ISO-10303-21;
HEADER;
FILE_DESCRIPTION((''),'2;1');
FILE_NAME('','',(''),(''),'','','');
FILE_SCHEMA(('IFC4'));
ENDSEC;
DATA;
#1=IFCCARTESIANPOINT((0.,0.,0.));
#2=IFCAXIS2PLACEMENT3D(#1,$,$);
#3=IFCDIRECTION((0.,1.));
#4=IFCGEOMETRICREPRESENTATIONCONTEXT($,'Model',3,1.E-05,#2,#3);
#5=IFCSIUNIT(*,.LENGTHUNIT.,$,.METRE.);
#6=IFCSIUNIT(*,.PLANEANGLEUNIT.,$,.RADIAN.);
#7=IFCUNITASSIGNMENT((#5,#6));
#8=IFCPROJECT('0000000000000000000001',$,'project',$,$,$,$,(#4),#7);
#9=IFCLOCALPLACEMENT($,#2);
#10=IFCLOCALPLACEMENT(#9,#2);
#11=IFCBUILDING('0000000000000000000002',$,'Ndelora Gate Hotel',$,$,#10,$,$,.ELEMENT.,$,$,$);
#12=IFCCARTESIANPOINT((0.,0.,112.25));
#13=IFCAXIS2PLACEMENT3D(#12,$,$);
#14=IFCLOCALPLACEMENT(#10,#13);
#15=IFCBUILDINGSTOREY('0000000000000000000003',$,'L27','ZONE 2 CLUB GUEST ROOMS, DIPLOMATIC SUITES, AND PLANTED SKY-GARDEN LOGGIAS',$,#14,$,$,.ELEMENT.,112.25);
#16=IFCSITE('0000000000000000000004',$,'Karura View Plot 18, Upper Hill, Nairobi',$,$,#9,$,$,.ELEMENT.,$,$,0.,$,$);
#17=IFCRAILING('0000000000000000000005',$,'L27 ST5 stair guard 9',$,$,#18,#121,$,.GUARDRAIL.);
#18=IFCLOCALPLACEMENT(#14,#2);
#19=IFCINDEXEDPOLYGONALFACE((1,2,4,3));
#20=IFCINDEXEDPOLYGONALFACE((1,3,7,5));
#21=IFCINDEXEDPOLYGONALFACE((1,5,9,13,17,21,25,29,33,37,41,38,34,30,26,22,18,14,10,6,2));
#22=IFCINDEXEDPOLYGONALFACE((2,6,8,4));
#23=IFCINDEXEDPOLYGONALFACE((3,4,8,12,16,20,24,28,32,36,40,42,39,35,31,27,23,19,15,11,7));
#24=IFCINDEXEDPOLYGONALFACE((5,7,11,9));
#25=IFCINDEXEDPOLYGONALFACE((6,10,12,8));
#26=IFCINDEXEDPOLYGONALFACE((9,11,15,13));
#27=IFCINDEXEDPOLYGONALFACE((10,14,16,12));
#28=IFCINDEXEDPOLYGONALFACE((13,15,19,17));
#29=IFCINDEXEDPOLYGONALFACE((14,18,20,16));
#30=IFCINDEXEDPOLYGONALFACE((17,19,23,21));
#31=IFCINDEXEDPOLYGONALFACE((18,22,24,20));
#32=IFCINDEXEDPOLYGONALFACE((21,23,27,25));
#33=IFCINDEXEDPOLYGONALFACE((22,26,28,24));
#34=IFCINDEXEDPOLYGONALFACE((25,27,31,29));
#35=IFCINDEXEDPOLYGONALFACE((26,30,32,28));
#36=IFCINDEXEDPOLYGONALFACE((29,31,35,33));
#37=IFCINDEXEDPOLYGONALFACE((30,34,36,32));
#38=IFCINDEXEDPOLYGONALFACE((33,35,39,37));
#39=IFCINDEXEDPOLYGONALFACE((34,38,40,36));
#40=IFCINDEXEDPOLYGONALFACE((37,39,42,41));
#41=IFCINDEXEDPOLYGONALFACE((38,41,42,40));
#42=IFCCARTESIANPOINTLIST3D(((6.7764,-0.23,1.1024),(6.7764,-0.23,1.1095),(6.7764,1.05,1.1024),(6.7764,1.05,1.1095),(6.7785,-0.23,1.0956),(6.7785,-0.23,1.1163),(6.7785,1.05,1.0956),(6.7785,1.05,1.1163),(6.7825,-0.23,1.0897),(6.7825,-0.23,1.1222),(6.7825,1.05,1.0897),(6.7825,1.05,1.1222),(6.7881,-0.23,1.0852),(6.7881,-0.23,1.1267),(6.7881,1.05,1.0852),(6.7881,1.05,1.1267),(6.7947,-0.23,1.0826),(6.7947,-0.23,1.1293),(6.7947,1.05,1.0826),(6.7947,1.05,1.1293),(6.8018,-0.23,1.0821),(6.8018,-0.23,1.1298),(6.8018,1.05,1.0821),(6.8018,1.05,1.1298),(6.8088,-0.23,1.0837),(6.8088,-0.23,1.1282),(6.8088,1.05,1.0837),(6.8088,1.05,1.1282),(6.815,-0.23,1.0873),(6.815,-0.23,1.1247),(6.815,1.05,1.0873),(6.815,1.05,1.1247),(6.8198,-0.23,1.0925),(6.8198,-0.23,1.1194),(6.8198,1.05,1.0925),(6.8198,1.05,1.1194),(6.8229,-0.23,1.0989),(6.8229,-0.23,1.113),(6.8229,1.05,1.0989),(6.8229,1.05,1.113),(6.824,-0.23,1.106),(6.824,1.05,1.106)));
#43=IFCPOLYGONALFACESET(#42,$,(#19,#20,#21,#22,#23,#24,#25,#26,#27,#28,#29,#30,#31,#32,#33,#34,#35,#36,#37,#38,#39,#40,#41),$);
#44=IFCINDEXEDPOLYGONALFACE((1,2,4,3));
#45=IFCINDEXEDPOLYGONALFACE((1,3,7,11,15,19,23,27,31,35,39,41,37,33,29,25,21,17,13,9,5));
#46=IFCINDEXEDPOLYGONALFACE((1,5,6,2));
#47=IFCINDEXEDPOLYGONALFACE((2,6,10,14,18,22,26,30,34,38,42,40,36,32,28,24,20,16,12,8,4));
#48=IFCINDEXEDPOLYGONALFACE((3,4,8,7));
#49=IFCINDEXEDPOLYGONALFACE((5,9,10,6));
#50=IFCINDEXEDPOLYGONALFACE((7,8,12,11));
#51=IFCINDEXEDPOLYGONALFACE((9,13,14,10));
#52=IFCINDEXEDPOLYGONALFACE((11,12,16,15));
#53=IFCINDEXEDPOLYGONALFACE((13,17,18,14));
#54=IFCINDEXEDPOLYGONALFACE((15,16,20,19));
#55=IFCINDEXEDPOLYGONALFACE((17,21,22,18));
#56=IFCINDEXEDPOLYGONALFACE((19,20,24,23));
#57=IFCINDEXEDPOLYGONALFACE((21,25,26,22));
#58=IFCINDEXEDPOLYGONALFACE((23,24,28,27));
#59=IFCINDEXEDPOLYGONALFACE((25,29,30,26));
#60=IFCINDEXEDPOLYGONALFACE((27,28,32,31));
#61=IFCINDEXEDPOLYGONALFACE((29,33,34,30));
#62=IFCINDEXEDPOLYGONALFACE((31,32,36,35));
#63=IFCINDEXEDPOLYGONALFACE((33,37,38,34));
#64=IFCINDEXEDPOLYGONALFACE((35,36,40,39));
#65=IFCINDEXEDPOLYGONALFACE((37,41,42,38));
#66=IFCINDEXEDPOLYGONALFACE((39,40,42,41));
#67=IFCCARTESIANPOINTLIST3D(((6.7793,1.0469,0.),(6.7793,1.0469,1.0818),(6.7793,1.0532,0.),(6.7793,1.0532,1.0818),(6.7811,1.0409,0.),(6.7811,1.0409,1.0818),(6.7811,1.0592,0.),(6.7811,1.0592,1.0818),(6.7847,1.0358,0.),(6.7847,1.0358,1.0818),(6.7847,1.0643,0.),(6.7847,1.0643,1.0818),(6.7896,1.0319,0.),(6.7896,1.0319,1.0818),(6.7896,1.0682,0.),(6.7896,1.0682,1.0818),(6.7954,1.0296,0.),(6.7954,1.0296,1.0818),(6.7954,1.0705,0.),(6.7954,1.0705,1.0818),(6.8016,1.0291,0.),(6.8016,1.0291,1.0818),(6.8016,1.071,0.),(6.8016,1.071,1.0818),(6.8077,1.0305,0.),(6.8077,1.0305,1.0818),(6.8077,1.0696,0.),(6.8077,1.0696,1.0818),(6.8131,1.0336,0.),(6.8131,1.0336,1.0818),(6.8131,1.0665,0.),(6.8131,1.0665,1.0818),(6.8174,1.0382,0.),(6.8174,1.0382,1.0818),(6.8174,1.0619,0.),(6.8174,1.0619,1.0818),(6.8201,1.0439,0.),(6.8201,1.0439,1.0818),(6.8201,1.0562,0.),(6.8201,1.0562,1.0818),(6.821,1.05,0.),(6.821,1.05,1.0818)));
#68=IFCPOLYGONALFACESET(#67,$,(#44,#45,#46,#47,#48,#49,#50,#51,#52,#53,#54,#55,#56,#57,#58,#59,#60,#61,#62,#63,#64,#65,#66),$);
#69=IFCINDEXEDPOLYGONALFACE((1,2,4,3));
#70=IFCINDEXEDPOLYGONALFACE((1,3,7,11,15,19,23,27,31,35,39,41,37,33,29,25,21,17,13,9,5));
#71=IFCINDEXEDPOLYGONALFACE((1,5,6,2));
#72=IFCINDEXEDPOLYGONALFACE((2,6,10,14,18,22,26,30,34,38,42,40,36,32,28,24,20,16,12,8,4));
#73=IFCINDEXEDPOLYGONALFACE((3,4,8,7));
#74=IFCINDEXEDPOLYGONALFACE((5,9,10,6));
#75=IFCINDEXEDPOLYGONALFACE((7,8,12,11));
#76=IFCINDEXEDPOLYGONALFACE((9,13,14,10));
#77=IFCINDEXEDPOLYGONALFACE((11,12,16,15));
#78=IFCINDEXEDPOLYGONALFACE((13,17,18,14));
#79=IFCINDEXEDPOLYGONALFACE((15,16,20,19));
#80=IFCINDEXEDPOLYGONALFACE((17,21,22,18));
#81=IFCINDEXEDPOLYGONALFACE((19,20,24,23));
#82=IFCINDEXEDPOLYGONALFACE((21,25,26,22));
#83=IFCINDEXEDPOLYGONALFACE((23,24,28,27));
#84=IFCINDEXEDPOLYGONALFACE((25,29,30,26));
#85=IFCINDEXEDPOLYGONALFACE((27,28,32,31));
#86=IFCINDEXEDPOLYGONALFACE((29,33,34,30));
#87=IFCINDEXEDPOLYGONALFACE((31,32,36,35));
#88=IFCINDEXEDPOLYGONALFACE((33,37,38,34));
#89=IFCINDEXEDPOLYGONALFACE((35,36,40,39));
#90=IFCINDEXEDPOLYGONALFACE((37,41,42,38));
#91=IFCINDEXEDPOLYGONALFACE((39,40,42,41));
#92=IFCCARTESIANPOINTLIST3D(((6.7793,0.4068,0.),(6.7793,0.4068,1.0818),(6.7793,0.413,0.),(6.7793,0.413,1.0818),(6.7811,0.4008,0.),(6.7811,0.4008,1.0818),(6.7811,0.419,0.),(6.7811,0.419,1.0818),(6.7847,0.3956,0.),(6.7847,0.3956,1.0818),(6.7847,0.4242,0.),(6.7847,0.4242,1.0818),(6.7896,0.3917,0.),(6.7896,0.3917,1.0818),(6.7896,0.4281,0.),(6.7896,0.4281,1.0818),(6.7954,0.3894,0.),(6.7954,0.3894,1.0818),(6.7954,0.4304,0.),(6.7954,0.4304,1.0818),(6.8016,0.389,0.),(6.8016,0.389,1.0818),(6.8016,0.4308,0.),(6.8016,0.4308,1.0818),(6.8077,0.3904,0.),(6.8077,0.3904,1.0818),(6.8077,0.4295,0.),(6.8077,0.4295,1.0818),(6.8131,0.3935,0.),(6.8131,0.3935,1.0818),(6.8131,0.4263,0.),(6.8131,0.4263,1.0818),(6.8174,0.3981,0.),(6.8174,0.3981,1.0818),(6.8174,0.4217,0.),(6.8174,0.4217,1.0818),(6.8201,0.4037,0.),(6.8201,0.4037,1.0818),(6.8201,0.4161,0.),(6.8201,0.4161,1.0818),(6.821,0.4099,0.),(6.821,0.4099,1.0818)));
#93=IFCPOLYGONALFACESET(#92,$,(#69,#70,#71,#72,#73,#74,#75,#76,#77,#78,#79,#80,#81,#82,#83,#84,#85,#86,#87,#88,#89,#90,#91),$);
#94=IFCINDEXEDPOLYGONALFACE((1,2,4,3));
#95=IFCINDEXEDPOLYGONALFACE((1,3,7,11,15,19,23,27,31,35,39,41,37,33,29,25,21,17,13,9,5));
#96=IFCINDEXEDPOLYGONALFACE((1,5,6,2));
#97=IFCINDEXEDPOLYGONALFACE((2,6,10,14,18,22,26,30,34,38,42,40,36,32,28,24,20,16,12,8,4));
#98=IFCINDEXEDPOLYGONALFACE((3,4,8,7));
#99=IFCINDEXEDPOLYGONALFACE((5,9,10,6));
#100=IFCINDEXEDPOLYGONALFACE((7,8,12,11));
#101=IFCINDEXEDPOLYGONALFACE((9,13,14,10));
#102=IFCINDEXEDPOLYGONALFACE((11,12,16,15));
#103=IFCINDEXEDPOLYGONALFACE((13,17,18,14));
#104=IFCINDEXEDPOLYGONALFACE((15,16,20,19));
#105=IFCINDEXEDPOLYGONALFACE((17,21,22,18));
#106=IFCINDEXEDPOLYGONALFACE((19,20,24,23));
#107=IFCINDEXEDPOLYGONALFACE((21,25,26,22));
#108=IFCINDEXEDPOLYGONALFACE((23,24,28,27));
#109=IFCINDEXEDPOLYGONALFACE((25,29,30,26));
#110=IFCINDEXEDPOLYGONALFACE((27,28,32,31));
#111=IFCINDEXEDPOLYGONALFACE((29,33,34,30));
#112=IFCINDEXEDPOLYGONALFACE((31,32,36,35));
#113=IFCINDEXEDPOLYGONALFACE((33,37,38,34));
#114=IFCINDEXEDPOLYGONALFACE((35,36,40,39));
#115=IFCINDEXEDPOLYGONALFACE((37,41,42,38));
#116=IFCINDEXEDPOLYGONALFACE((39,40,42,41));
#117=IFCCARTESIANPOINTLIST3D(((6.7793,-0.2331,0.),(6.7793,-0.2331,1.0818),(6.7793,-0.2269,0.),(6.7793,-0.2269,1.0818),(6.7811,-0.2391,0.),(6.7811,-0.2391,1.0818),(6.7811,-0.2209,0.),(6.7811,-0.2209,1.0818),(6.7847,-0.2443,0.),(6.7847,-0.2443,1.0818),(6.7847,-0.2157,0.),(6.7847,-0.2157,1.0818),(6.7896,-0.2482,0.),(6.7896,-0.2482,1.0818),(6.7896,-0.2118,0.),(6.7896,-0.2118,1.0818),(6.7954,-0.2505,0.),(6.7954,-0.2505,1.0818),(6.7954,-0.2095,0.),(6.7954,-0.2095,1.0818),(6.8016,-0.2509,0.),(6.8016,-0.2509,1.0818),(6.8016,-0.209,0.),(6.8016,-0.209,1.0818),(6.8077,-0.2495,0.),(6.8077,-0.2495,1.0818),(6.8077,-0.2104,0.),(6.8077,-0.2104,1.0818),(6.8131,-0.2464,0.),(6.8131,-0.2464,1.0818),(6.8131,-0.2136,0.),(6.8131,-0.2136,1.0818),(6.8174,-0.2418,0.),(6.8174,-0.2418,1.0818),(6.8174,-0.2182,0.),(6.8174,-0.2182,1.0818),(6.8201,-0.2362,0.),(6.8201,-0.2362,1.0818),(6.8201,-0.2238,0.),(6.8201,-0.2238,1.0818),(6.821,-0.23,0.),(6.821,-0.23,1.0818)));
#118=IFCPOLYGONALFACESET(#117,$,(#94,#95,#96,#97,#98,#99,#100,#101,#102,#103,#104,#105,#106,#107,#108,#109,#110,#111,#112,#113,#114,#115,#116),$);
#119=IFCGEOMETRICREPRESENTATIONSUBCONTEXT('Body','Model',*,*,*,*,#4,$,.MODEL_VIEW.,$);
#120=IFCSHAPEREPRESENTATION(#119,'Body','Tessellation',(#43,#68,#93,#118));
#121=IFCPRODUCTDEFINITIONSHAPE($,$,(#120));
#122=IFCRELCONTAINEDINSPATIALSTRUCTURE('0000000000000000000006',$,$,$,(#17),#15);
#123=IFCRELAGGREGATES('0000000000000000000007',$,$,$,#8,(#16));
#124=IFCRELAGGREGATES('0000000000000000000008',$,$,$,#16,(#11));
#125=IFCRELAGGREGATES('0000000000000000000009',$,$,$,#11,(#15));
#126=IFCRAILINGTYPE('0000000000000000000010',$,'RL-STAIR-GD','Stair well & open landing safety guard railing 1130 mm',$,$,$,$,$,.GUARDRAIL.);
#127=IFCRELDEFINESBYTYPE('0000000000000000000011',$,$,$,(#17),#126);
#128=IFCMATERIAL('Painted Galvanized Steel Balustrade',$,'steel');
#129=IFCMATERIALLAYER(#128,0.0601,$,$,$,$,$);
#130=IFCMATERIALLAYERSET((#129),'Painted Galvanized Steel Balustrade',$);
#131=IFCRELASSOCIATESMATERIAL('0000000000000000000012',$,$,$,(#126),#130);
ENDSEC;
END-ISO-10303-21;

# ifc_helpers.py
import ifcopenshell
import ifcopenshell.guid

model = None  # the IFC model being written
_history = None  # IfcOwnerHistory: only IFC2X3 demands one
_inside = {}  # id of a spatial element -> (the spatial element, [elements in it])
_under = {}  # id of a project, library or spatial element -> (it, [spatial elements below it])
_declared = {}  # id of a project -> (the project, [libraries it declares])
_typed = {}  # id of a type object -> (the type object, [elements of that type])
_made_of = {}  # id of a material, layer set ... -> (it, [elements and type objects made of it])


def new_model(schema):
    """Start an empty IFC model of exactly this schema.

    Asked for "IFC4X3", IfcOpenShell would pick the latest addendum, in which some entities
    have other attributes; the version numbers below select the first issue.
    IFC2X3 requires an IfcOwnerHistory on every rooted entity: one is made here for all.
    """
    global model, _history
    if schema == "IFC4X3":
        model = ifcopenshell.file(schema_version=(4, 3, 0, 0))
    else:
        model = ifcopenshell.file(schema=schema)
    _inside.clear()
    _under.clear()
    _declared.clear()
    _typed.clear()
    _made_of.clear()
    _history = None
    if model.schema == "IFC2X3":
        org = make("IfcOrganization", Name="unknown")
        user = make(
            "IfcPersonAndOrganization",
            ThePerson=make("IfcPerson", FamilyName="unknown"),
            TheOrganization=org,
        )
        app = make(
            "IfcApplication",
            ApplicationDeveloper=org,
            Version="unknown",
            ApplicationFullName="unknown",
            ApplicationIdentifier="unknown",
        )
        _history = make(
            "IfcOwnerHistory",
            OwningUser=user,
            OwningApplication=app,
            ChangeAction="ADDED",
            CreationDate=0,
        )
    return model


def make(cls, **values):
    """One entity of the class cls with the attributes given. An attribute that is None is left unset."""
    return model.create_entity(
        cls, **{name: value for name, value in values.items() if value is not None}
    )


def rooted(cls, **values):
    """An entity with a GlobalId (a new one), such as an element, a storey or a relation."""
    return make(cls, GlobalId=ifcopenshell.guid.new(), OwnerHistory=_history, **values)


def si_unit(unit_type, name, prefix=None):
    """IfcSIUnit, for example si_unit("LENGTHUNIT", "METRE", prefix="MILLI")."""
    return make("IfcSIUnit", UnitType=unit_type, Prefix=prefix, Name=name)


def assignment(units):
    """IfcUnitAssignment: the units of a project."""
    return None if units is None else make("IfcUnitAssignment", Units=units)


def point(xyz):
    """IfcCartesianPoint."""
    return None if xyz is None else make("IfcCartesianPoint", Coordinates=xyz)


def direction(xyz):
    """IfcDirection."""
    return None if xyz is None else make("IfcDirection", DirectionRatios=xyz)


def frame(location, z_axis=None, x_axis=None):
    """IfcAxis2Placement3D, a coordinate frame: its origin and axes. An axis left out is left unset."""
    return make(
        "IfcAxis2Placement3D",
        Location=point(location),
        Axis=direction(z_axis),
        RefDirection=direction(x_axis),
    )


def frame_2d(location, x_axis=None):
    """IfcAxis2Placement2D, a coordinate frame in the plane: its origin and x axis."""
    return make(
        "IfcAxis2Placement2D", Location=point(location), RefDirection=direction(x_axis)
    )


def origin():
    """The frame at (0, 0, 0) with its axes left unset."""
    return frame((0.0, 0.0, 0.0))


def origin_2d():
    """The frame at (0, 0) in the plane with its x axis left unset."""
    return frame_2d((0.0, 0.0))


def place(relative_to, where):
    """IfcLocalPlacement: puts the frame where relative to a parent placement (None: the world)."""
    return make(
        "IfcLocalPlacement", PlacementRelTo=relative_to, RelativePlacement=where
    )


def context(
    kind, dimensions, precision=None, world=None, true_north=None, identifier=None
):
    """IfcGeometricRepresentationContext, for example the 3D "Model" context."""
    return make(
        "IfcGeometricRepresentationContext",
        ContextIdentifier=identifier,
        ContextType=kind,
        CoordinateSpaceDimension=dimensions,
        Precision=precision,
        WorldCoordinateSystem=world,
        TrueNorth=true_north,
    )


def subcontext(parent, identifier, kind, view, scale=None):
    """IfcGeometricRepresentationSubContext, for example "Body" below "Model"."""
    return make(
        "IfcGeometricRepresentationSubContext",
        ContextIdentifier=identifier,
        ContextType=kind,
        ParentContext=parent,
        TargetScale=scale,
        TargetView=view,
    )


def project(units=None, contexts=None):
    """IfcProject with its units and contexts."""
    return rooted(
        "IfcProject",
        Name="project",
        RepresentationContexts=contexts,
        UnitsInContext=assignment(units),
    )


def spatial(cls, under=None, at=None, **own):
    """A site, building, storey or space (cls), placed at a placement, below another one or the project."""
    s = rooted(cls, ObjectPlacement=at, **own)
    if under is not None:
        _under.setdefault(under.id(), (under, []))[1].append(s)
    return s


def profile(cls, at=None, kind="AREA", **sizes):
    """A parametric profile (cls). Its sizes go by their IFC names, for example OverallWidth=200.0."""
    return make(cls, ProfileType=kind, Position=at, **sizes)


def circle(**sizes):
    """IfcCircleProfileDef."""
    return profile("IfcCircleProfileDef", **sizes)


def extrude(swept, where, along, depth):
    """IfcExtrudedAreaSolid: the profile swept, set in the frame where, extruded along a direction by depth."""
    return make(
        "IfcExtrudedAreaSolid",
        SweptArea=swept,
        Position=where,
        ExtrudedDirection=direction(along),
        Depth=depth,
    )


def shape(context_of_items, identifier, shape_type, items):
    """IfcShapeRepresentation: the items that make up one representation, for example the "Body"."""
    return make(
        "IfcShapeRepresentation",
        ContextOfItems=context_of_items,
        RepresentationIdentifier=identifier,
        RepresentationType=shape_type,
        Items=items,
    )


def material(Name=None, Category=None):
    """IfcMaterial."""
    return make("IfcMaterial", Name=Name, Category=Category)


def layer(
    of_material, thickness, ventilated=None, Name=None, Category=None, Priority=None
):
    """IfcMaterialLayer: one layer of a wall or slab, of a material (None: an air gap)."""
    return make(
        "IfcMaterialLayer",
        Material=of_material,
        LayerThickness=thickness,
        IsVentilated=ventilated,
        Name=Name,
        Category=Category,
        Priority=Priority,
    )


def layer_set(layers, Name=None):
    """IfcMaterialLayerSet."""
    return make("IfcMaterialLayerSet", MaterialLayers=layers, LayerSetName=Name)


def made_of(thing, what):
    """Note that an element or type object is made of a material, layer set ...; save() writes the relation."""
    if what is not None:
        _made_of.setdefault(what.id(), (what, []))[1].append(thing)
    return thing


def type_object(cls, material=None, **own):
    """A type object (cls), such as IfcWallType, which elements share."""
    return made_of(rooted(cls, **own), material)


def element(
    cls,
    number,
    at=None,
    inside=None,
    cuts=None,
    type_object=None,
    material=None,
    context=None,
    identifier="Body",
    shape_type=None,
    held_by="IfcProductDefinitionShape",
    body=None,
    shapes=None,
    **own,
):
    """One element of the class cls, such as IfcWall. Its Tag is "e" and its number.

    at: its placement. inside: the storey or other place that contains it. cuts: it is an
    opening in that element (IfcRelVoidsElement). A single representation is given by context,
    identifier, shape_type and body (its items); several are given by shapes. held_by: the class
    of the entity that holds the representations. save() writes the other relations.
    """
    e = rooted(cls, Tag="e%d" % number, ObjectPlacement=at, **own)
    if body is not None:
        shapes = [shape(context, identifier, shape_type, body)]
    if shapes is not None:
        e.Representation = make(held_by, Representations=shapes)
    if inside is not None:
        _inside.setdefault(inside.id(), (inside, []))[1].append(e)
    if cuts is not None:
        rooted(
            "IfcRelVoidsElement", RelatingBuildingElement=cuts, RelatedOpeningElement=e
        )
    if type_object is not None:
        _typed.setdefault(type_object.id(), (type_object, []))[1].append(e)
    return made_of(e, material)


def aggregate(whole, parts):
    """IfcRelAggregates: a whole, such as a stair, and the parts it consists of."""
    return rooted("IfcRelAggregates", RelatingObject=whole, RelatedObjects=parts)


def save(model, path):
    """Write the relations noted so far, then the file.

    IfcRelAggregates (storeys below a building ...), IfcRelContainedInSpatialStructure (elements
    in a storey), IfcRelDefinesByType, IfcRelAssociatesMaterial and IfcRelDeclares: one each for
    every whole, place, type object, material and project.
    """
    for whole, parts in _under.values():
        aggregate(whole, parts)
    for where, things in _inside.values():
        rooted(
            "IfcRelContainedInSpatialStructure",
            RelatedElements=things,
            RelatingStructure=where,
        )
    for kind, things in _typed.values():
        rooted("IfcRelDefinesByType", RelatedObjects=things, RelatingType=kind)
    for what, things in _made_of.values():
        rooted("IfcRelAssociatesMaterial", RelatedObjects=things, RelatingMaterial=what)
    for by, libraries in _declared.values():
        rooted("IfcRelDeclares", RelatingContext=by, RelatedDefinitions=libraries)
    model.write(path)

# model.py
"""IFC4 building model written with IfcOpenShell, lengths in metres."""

from ifc_helpers import new_model, si_unit, direction, frame, origin, origin_2d, place, context, subcontext, project, spatial, circle, extrude, material, layer, layer_set, type_object, element, save


model = new_model("IFC4")

# Units and contexts
model_context = context("Model", 3, precision=1e-05, world=origin(), true_north=direction((0.0, 1.0)))
body_context = subcontext(model_context, "Body", "Model", "MODEL_VIEW")
ifc_project = project(units=[si_unit("LENGTHUNIT", "METRE"), si_unit("PLANEANGLEUNIT", "RADIAN")], contexts=[model_context])

# Site, building, storey
site_placement = place(None, origin())
site = spatial("IfcSite", under=ifc_project, at=site_placement, Name="Karura View Plot 18, Upper Hill, Nairobi", CompositionType="ELEMENT", RefElevation=0.0)
building_placement = place(site_placement, origin())
building = spatial("IfcBuilding", under=site, at=building_placement, Name="Ndelora Gate Hotel", CompositionType="ELEMENT")
storey_placement = place(building_placement, frame((0.0, 0.0, 112.25)))
storey = spatial("IfcBuildingStorey", under=building, at=storey_placement, Name="L27", Description="ZONE 2 CLUB GUEST ROOMS, DIPLOMATIC SUITES, AND PLANTED SKY-GARDEN LOGGIAS", CompositionType="ELEMENT", Elevation=112.25)

# Railing
ifc_material_1 = material(Name="Painted Galvanized Steel Balustrade", Category="steel")
ifc_layer_1 = layer(ifc_material_1, 0.0601)
ifc_layer_set_1 = layer_set([ifc_layer_1], Name="Painted Galvanized Steel Balustrade")
railing_type_1 = type_object("IfcRailingType", Name="RL-STAIR-GD", Description="Stair well & open landing safety guard railing 1130 mm", PredefinedType="GUARDRAIL", material=ifc_layer_set_1)
for number, where, name in (
    (1, (6.8, 1.05, 0.0), "L27 ST5 stair guard 9"),
):
    element("IfcRailing", number, at=place(storey_placement, frame(where)), inside=storey, type_object=railing_type_1, Name=name, PredefinedType="GUARDRAIL", context=body_context, shape_type="SweptSolid", body=[
        extrude(circle(Radius=0.0239, at=origin_2d()), frame((0.0, 0.0, 1.106), z_axis=(0.0, -1.0, 0.0), x_axis=(1.0, 0.0, 0.0)), (0.0, 0.0, 1.0), 1.28),
        extrude(circle(Radius=0.021, at=origin_2d()), origin(), (0.0, 0.0, 1.0), 1.0818),
        extrude(circle(Radius=0.021, at=origin_2d()), frame((0.0, -0.6401, 0.0)), (0.0, 0.0, 1.0), 1.0818),
        extrude(circle(Radius=0.021, at=origin_2d()), frame((0.0, -1.28, 0.0)), (0.0, 0.0, 1.0), 1.0818),
    ])

save(model, "model.ifc")
